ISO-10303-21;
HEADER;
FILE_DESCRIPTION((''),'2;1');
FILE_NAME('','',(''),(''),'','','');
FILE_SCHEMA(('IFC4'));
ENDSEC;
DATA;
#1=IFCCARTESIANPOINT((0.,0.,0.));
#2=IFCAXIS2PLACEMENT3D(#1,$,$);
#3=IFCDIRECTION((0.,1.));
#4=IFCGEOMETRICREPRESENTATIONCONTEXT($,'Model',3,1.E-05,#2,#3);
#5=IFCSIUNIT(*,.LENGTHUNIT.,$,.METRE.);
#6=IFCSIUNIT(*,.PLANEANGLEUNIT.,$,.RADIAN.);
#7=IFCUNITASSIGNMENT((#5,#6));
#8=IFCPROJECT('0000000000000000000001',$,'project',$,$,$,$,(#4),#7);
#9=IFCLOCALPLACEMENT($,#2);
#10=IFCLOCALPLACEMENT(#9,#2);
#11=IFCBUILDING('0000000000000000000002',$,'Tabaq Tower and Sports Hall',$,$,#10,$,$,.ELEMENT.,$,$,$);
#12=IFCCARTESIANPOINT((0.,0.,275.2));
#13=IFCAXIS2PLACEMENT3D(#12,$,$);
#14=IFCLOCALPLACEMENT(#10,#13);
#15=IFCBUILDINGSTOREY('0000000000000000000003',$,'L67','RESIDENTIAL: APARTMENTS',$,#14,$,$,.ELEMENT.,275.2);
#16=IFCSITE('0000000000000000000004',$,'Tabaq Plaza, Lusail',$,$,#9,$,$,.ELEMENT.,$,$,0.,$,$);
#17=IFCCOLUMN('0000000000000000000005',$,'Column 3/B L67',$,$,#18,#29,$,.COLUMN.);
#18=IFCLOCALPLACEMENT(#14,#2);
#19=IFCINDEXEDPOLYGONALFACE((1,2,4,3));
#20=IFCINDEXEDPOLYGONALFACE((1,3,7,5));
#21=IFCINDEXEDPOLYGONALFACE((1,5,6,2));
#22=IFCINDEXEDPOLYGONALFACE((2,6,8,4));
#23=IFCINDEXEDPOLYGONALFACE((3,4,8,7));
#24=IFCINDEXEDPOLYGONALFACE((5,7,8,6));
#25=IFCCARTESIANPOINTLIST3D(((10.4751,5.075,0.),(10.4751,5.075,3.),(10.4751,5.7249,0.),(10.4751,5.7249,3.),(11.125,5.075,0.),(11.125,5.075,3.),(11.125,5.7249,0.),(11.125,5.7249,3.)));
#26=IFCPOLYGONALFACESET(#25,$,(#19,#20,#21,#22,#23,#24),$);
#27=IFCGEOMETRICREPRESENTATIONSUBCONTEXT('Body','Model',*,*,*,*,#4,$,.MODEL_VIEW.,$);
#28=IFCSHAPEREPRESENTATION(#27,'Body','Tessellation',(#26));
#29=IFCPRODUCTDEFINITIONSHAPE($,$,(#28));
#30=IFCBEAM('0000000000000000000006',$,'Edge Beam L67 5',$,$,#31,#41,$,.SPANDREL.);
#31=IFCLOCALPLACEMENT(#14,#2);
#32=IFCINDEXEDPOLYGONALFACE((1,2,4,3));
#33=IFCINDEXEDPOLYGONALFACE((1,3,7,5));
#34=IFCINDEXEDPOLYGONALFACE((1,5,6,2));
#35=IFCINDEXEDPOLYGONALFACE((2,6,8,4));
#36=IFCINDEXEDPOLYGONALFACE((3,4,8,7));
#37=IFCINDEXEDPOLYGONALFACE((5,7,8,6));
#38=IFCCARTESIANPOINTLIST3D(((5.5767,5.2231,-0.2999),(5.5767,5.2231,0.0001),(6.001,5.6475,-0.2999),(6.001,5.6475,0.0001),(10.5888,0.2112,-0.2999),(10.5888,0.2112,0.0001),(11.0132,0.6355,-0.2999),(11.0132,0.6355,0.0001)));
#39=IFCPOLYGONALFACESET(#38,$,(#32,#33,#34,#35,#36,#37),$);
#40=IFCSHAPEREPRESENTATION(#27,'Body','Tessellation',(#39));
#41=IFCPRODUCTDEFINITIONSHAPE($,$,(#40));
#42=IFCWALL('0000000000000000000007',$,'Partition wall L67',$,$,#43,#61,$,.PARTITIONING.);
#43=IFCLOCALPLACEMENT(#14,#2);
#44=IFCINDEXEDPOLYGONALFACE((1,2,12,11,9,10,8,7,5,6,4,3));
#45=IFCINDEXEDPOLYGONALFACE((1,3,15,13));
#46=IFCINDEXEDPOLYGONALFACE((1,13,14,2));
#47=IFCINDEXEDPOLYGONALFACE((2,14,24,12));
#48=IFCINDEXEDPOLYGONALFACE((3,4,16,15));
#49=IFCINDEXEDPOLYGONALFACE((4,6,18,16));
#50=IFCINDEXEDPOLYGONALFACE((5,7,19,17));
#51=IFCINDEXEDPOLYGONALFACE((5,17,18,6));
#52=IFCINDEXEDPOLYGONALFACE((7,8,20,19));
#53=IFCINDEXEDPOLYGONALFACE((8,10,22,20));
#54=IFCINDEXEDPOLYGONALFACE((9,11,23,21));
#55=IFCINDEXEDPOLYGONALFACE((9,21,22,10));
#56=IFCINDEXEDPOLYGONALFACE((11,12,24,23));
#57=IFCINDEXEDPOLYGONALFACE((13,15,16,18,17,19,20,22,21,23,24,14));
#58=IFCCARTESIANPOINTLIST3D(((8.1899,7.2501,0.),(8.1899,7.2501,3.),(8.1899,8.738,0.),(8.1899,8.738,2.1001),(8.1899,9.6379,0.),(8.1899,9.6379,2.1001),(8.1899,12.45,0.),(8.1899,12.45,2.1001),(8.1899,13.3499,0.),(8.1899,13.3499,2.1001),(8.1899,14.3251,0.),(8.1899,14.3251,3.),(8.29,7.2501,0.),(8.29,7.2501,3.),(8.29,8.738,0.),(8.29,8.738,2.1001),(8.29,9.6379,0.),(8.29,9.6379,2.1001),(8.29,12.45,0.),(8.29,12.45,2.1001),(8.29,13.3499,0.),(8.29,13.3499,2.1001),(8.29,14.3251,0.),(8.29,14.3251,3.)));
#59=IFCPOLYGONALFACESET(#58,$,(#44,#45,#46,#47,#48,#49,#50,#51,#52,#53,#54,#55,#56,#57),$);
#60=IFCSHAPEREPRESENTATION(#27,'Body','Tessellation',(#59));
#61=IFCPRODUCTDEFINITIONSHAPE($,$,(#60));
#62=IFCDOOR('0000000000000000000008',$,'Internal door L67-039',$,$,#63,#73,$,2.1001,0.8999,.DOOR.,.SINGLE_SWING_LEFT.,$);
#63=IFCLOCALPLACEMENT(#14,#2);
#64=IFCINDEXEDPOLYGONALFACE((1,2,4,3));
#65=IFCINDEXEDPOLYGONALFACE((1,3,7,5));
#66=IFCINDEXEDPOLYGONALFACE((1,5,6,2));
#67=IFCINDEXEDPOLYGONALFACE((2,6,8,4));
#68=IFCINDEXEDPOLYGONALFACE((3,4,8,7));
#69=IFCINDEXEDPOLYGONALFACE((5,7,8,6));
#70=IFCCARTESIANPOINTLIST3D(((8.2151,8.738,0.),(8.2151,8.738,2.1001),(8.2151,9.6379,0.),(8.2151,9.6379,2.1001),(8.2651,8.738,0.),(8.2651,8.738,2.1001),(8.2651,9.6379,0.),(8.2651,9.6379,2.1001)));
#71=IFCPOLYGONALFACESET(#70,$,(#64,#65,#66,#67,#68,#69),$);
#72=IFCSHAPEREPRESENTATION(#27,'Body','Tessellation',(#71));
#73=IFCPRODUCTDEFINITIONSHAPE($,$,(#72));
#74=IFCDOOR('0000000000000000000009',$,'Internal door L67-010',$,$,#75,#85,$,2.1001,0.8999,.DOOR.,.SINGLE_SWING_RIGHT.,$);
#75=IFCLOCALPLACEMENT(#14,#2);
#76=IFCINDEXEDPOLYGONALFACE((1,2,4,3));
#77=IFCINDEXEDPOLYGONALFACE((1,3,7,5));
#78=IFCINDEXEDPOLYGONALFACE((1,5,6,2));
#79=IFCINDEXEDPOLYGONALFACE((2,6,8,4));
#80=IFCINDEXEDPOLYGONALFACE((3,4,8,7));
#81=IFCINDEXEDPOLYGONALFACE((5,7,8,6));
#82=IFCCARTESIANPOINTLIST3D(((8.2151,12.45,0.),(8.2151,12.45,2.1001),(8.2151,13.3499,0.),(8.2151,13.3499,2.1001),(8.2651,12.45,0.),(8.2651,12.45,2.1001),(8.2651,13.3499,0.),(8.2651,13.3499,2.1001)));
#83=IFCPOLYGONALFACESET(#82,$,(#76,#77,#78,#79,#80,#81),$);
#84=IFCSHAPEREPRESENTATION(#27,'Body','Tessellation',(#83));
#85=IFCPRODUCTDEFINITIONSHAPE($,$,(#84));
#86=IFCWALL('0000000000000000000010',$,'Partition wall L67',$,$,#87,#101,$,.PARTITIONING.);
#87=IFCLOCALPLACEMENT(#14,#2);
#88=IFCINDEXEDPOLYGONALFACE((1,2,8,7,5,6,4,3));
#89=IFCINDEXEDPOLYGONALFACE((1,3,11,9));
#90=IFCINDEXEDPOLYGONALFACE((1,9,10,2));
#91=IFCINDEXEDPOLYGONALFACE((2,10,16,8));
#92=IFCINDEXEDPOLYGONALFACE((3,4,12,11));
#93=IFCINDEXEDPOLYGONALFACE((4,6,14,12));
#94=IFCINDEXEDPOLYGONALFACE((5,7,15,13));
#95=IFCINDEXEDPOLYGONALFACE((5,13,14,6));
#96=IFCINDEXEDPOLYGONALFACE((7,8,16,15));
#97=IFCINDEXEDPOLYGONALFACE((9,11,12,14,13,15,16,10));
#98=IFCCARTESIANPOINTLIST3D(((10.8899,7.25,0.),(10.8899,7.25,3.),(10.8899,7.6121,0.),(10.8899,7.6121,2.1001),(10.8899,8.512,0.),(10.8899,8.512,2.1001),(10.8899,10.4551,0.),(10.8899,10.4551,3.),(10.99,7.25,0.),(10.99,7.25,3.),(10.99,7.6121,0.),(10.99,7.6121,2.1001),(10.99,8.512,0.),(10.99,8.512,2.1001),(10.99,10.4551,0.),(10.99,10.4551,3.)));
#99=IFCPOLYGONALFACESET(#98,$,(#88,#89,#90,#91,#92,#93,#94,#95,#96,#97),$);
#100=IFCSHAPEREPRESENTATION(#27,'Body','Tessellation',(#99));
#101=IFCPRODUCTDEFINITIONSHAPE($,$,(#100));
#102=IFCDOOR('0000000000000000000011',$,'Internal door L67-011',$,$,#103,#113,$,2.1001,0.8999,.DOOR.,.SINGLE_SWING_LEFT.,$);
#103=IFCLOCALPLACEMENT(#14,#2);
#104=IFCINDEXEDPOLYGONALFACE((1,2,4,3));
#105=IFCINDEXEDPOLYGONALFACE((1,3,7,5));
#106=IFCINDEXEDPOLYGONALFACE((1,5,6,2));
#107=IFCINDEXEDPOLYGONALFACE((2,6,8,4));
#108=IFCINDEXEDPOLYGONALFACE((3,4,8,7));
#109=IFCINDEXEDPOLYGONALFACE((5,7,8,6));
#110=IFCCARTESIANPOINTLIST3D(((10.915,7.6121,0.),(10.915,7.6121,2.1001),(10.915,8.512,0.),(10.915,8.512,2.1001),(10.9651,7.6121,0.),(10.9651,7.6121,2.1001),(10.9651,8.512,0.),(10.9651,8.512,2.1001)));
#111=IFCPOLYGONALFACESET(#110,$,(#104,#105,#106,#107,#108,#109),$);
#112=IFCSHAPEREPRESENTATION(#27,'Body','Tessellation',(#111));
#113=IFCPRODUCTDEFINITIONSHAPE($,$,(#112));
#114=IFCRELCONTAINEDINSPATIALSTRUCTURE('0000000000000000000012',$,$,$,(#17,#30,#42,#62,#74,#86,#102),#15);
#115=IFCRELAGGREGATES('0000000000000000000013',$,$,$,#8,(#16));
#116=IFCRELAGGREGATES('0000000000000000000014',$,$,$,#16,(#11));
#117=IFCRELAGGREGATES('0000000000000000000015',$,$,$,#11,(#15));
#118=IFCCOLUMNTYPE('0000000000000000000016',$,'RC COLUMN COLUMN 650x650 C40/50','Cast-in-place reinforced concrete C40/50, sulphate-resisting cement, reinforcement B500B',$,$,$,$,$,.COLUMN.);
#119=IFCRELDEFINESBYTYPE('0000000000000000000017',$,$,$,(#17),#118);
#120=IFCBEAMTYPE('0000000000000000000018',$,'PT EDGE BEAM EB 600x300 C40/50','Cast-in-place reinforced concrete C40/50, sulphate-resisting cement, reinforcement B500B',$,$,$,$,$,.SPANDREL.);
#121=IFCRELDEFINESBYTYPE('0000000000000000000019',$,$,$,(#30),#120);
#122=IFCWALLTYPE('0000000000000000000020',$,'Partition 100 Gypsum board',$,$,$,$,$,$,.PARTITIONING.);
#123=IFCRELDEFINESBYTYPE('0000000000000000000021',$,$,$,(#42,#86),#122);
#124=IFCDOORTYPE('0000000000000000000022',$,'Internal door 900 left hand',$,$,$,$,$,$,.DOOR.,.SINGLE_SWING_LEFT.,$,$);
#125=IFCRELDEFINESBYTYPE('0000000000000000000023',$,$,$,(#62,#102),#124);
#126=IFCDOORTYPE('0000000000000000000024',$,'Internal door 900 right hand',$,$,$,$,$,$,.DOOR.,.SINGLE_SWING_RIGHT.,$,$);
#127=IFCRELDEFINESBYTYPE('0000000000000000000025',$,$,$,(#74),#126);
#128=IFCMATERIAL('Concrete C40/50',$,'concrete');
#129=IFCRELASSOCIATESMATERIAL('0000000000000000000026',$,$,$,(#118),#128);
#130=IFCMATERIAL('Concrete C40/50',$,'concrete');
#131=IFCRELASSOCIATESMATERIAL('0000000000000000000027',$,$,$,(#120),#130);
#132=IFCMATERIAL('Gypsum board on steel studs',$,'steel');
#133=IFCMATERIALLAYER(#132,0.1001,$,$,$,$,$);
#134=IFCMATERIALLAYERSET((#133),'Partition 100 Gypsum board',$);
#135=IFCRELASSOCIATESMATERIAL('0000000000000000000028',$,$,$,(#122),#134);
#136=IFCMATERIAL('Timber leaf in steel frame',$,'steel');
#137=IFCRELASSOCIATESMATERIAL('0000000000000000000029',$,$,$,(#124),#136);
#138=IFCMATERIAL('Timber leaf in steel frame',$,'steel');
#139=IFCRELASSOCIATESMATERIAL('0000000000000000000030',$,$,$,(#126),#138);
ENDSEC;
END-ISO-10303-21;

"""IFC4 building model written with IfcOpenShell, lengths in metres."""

from ifc_helpers import new_model, si_unit, direction, frame, frame_2d, origin, origin_2d, place, context, subcontext, project, spatial, rectangle, extrude, material, layer, layer_set, material_profile, profile_set, type_object, element, fill, save


model = new_model("IFC4")

# Units and contexts
model_context = context("Model", 3, precision=1e-05, world=origin(), true_north=direction((0.0, 1.0)))
body_context = subcontext(model_context, "Body", "Model", "MODEL_VIEW")
ifc_project = project(units=[si_unit("LENGTHUNIT", "METRE"), si_unit("PLANEANGLEUNIT", "RADIAN")], contexts=[model_context])

# Site, building, storey
site_placement = place(None, origin())
site = spatial("IfcSite", under=ifc_project, at=site_placement, Name="Tabaq Plaza, Lusail", CompositionType="ELEMENT", RefElevation=0.0)
building_placement = place(site_placement, origin())
building = spatial("IfcBuilding", under=site, at=building_placement, Name="Tabaq Tower and Sports Hall", CompositionType="ELEMENT")
storey_placement = place(building_placement, frame((0.0, 0.0, 275.2)))
storey = spatial("IfcBuildingStorey", under=building, at=storey_placement, Name="L67", Description="RESIDENTIAL: APARTMENTS", CompositionType="ELEMENT", Elevation=275.2)

# Column
ifc_material_1 = material(Name="Concrete C40/50", Category="concrete")
ifc_material_profile_1 = material_profile(ifc_material_1, rectangle(XDim=0.6499, YDim=0.6499, at=origin_2d()), Name="COLUMN 650x650")
ifc_profile_set_1 = profile_set([ifc_material_profile_1], Name="Concrete C40/50")
column_type = type_object("IfcColumnType", Name="RC COLUMN COLUMN 650x650 C40/50", Description="Cast-in-place reinforced concrete C40/50, sulphate-resisting cement, reinforcement B500B", PredefinedType="COLUMN", material=ifc_profile_set_1)
column_placement = place(storey_placement, frame((10.8, 5.3999, 0.0), z_axis=(0.0, 0.0, 1.0), x_axis=(1.0, 0.0, 0.0)))
element("IfcColumn", 1, at=column_placement, inside=storey, type_object=column_type, Name="Column 3/B L67", PredefinedType="COLUMN", context=body_context, shape_type="SweptSolid", body=[
    extrude(rectangle(XDim=0.6499, YDim=0.6499, at=origin_2d()), origin(), (0.0, 0.0, 1.0), 3.0),
])

# Beam
ifc_material_2 = material(Name="Concrete C40/50", Category="concrete")
ifc_material_profile_2 = material_profile(ifc_material_2, rectangle(XDim=0.6001, YDim=0.3, at=origin_2d()), Name="EB 600x300")
ifc_profile_set_2 = profile_set([ifc_material_profile_2], Name="Concrete C40/50")
beam_type = type_object("IfcBeamType", Name="PT EDGE BEAM EB 600x300 C40/50", Description="Cast-in-place reinforced concrete C40/50, sulphate-resisting cement, reinforcement B500B", PredefinedType="SPANDREL", material=ifc_profile_set_2)
beam_placement = place(storey_placement, frame((5.7888, 5.4353, -0.1499), z_axis=(0.707124, -0.70709, 0.0), x_axis=(0.70709, 0.707124, 0.0)))
element("IfcBeam", 2, at=beam_placement, inside=storey, type_object=beam_type, Name="Edge Beam L67 5", PredefinedType="SPANDREL", context=body_context, shape_type="SweptSolid", body=[
    extrude(rectangle(XDim=0.6001, YDim=0.3, at=origin_2d()), origin(), (0.0, 0.0, 1.0), 7.0881),
])

# Wall, openings, doors
ifc_material_3 = material(Name="Gypsum board on steel studs", Category="steel")
ifc_layer_1 = layer(ifc_material_3, 0.1001)
ifc_layer_set_1 = layer_set([ifc_layer_1], Name="Partition 100 Gypsum board")
wall_type_1 = type_object("IfcWallType", Name="Partition 100 Gypsum board", PredefinedType="PARTITIONING", material=ifc_layer_set_1)
wall_1_placement = place(storey_placement, frame((8.24, 7.25, 0.0), z_axis=(0.0, 0.0, 1.0), x_axis=(0.0, 1.0, 0.0)))
wall_1 = element("IfcWall", 3, at=wall_1_placement, inside=storey, type_object=wall_type_1, Name="Partition wall L67", PredefinedType="PARTITIONING", context=body_context, shape_type="SweptSolid", body=[
    extrude(rectangle(XDim=7.075, YDim=0.1001, at=frame_2d((3.5376, 0.0))), origin(), (0.0, 0.0, 1.0), 3.0),
])
opening_1_placement = place(wall_1_placement, frame((5.2, 0.0, 0.0)))
opening_1 = element("IfcOpeningElement", 4, at=opening_1_placement, cuts=wall_1, PredefinedType="OPENING", context=body_context, shape_type="SweptSolid", body=[
    extrude(rectangle(XDim=0.8999, YDim=2.1001, at=frame_2d((0.45, 1.05))), frame((0.0, 0.05, 0.0), z_axis=(0.0, -1.0, 0.0), x_axis=(1.0, 0.0, 0.0)), (0.0, 0.0, 1.0), 0.1001),
])
opening_2_placement = place(wall_1_placement, frame((1.488, 0.0, 0.0)))
opening_2 = element("IfcOpeningElement", 5, at=opening_2_placement, cuts=wall_1, PredefinedType="OPENING", context=body_context, shape_type="SweptSolid", body=[
    extrude(rectangle(XDim=0.8999, YDim=2.1001, at=frame_2d((0.45, 1.05))), frame((0.0, 0.05, 0.0), z_axis=(0.0, -1.0, 0.0), x_axis=(1.0, 0.0, 0.0)), (0.0, 0.0, 1.0), 0.1001),
])
ifc_material_4 = material(Name="Timber leaf in steel frame", Category="steel")
door_type_1 = type_object("IfcDoorType", Name="Internal door 900 left hand", OperationType="SINGLE_SWING_LEFT", PredefinedType="DOOR", material=ifc_material_4)
door_1_placement = place(opening_2_placement, origin())
door_1 = element("IfcDoor", 6, at=door_1_placement, inside=storey, type_object=door_type_1, Name="Internal door L67-039", OperationType="SINGLE_SWING_LEFT", OverallHeight=2.1001, OverallWidth=0.8999, PredefinedType="DOOR", context=body_context, shape_type="SweptSolid", body=[
    extrude(rectangle(XDim=0.8999, YDim=2.1001, at=frame_2d((0.45, 1.05))), frame((0.0, 0.0249, 0.0), z_axis=(0.0, -1.0, 0.0), x_axis=(1.0, 0.0, 0.0)), (0.0, 0.0, 1.0), 0.05),
])
fill(opening_2, door_1)
ifc_material_5 = material(Name="Timber leaf in steel frame", Category="steel")
door_type_2 = type_object("IfcDoorType", Name="Internal door 900 right hand", OperationType="SINGLE_SWING_RIGHT", PredefinedType="DOOR", material=ifc_material_5)
door_2_placement = place(opening_1_placement, origin())
door_2 = element("IfcDoor", 7, at=door_2_placement, inside=storey, type_object=door_type_2, Name="Internal door L67-010", OperationType="SINGLE_SWING_RIGHT", OverallHeight=2.1001, OverallWidth=0.8999, PredefinedType="DOOR", context=body_context, shape_type="SweptSolid", body=[
    extrude(rectangle(XDim=0.8999, YDim=2.1001, at=frame_2d((0.45, 1.05))), frame((0.0, 0.0249, 0.0), z_axis=(0.0, -1.0, 0.0), x_axis=(1.0, 0.0, 0.0)), (0.0, 0.0, 1.0), 0.05),
])
fill(opening_1, door_2)

# Wall, opening, door
wall_2_placement = place(storey_placement, frame((10.9399, 7.25, 0.0), z_axis=(0.0, 0.0, 1.0), x_axis=(0.0, 1.0, 0.0)))
wall_2 = element("IfcWall", 8, at=wall_2_placement, inside=storey, type_object=wall_type_1, Name="Partition wall L67", PredefinedType="PARTITIONING", context=body_context, shape_type="SweptSolid", body=[
    extrude(rectangle(XDim=3.2051, YDim=0.1001, at=frame_2d((1.6025, 0.0))), origin(), (0.0, 0.0, 1.0), 3.0),
])
opening_3_placement = place(wall_2_placement, frame((0.3621, 0.0, 0.0)))
opening_3 = element("IfcOpeningElement", 9, at=opening_3_placement, cuts=wall_2, PredefinedType="OPENING", context=body_context, shape_type="SweptSolid", body=[
    extrude(rectangle(XDim=0.8999, YDim=2.1001, at=frame_2d((0.45, 1.05))), frame((0.0, 0.05, 0.0), z_axis=(0.0, -1.0, 0.0), x_axis=(1.0, 0.0, 0.0)), (0.0, 0.0, 1.0), 0.1001),
])
door_3_placement = place(opening_3_placement, origin())
door_3 = element("IfcDoor", 10, at=door_3_placement, inside=storey, type_object=door_type_1, Name="Internal door L67-011", OperationType="SINGLE_SWING_LEFT", OverallHeight=2.1001, OverallWidth=0.8999, PredefinedType="DOOR", context=body_context, shape_type="SweptSolid", body=[
    extrude(rectangle(XDim=0.8999, YDim=2.1001, at=frame_2d((0.45, 1.05))), frame((0.0, 0.0249, 0.0), z_axis=(0.0, -1.0, 0.0), x_axis=(1.0, 0.0, 0.0)), (0.0, 0.0, 1.0), 0.05),
])
fill(opening_3, door_3)

save(model, "model.ifc")
